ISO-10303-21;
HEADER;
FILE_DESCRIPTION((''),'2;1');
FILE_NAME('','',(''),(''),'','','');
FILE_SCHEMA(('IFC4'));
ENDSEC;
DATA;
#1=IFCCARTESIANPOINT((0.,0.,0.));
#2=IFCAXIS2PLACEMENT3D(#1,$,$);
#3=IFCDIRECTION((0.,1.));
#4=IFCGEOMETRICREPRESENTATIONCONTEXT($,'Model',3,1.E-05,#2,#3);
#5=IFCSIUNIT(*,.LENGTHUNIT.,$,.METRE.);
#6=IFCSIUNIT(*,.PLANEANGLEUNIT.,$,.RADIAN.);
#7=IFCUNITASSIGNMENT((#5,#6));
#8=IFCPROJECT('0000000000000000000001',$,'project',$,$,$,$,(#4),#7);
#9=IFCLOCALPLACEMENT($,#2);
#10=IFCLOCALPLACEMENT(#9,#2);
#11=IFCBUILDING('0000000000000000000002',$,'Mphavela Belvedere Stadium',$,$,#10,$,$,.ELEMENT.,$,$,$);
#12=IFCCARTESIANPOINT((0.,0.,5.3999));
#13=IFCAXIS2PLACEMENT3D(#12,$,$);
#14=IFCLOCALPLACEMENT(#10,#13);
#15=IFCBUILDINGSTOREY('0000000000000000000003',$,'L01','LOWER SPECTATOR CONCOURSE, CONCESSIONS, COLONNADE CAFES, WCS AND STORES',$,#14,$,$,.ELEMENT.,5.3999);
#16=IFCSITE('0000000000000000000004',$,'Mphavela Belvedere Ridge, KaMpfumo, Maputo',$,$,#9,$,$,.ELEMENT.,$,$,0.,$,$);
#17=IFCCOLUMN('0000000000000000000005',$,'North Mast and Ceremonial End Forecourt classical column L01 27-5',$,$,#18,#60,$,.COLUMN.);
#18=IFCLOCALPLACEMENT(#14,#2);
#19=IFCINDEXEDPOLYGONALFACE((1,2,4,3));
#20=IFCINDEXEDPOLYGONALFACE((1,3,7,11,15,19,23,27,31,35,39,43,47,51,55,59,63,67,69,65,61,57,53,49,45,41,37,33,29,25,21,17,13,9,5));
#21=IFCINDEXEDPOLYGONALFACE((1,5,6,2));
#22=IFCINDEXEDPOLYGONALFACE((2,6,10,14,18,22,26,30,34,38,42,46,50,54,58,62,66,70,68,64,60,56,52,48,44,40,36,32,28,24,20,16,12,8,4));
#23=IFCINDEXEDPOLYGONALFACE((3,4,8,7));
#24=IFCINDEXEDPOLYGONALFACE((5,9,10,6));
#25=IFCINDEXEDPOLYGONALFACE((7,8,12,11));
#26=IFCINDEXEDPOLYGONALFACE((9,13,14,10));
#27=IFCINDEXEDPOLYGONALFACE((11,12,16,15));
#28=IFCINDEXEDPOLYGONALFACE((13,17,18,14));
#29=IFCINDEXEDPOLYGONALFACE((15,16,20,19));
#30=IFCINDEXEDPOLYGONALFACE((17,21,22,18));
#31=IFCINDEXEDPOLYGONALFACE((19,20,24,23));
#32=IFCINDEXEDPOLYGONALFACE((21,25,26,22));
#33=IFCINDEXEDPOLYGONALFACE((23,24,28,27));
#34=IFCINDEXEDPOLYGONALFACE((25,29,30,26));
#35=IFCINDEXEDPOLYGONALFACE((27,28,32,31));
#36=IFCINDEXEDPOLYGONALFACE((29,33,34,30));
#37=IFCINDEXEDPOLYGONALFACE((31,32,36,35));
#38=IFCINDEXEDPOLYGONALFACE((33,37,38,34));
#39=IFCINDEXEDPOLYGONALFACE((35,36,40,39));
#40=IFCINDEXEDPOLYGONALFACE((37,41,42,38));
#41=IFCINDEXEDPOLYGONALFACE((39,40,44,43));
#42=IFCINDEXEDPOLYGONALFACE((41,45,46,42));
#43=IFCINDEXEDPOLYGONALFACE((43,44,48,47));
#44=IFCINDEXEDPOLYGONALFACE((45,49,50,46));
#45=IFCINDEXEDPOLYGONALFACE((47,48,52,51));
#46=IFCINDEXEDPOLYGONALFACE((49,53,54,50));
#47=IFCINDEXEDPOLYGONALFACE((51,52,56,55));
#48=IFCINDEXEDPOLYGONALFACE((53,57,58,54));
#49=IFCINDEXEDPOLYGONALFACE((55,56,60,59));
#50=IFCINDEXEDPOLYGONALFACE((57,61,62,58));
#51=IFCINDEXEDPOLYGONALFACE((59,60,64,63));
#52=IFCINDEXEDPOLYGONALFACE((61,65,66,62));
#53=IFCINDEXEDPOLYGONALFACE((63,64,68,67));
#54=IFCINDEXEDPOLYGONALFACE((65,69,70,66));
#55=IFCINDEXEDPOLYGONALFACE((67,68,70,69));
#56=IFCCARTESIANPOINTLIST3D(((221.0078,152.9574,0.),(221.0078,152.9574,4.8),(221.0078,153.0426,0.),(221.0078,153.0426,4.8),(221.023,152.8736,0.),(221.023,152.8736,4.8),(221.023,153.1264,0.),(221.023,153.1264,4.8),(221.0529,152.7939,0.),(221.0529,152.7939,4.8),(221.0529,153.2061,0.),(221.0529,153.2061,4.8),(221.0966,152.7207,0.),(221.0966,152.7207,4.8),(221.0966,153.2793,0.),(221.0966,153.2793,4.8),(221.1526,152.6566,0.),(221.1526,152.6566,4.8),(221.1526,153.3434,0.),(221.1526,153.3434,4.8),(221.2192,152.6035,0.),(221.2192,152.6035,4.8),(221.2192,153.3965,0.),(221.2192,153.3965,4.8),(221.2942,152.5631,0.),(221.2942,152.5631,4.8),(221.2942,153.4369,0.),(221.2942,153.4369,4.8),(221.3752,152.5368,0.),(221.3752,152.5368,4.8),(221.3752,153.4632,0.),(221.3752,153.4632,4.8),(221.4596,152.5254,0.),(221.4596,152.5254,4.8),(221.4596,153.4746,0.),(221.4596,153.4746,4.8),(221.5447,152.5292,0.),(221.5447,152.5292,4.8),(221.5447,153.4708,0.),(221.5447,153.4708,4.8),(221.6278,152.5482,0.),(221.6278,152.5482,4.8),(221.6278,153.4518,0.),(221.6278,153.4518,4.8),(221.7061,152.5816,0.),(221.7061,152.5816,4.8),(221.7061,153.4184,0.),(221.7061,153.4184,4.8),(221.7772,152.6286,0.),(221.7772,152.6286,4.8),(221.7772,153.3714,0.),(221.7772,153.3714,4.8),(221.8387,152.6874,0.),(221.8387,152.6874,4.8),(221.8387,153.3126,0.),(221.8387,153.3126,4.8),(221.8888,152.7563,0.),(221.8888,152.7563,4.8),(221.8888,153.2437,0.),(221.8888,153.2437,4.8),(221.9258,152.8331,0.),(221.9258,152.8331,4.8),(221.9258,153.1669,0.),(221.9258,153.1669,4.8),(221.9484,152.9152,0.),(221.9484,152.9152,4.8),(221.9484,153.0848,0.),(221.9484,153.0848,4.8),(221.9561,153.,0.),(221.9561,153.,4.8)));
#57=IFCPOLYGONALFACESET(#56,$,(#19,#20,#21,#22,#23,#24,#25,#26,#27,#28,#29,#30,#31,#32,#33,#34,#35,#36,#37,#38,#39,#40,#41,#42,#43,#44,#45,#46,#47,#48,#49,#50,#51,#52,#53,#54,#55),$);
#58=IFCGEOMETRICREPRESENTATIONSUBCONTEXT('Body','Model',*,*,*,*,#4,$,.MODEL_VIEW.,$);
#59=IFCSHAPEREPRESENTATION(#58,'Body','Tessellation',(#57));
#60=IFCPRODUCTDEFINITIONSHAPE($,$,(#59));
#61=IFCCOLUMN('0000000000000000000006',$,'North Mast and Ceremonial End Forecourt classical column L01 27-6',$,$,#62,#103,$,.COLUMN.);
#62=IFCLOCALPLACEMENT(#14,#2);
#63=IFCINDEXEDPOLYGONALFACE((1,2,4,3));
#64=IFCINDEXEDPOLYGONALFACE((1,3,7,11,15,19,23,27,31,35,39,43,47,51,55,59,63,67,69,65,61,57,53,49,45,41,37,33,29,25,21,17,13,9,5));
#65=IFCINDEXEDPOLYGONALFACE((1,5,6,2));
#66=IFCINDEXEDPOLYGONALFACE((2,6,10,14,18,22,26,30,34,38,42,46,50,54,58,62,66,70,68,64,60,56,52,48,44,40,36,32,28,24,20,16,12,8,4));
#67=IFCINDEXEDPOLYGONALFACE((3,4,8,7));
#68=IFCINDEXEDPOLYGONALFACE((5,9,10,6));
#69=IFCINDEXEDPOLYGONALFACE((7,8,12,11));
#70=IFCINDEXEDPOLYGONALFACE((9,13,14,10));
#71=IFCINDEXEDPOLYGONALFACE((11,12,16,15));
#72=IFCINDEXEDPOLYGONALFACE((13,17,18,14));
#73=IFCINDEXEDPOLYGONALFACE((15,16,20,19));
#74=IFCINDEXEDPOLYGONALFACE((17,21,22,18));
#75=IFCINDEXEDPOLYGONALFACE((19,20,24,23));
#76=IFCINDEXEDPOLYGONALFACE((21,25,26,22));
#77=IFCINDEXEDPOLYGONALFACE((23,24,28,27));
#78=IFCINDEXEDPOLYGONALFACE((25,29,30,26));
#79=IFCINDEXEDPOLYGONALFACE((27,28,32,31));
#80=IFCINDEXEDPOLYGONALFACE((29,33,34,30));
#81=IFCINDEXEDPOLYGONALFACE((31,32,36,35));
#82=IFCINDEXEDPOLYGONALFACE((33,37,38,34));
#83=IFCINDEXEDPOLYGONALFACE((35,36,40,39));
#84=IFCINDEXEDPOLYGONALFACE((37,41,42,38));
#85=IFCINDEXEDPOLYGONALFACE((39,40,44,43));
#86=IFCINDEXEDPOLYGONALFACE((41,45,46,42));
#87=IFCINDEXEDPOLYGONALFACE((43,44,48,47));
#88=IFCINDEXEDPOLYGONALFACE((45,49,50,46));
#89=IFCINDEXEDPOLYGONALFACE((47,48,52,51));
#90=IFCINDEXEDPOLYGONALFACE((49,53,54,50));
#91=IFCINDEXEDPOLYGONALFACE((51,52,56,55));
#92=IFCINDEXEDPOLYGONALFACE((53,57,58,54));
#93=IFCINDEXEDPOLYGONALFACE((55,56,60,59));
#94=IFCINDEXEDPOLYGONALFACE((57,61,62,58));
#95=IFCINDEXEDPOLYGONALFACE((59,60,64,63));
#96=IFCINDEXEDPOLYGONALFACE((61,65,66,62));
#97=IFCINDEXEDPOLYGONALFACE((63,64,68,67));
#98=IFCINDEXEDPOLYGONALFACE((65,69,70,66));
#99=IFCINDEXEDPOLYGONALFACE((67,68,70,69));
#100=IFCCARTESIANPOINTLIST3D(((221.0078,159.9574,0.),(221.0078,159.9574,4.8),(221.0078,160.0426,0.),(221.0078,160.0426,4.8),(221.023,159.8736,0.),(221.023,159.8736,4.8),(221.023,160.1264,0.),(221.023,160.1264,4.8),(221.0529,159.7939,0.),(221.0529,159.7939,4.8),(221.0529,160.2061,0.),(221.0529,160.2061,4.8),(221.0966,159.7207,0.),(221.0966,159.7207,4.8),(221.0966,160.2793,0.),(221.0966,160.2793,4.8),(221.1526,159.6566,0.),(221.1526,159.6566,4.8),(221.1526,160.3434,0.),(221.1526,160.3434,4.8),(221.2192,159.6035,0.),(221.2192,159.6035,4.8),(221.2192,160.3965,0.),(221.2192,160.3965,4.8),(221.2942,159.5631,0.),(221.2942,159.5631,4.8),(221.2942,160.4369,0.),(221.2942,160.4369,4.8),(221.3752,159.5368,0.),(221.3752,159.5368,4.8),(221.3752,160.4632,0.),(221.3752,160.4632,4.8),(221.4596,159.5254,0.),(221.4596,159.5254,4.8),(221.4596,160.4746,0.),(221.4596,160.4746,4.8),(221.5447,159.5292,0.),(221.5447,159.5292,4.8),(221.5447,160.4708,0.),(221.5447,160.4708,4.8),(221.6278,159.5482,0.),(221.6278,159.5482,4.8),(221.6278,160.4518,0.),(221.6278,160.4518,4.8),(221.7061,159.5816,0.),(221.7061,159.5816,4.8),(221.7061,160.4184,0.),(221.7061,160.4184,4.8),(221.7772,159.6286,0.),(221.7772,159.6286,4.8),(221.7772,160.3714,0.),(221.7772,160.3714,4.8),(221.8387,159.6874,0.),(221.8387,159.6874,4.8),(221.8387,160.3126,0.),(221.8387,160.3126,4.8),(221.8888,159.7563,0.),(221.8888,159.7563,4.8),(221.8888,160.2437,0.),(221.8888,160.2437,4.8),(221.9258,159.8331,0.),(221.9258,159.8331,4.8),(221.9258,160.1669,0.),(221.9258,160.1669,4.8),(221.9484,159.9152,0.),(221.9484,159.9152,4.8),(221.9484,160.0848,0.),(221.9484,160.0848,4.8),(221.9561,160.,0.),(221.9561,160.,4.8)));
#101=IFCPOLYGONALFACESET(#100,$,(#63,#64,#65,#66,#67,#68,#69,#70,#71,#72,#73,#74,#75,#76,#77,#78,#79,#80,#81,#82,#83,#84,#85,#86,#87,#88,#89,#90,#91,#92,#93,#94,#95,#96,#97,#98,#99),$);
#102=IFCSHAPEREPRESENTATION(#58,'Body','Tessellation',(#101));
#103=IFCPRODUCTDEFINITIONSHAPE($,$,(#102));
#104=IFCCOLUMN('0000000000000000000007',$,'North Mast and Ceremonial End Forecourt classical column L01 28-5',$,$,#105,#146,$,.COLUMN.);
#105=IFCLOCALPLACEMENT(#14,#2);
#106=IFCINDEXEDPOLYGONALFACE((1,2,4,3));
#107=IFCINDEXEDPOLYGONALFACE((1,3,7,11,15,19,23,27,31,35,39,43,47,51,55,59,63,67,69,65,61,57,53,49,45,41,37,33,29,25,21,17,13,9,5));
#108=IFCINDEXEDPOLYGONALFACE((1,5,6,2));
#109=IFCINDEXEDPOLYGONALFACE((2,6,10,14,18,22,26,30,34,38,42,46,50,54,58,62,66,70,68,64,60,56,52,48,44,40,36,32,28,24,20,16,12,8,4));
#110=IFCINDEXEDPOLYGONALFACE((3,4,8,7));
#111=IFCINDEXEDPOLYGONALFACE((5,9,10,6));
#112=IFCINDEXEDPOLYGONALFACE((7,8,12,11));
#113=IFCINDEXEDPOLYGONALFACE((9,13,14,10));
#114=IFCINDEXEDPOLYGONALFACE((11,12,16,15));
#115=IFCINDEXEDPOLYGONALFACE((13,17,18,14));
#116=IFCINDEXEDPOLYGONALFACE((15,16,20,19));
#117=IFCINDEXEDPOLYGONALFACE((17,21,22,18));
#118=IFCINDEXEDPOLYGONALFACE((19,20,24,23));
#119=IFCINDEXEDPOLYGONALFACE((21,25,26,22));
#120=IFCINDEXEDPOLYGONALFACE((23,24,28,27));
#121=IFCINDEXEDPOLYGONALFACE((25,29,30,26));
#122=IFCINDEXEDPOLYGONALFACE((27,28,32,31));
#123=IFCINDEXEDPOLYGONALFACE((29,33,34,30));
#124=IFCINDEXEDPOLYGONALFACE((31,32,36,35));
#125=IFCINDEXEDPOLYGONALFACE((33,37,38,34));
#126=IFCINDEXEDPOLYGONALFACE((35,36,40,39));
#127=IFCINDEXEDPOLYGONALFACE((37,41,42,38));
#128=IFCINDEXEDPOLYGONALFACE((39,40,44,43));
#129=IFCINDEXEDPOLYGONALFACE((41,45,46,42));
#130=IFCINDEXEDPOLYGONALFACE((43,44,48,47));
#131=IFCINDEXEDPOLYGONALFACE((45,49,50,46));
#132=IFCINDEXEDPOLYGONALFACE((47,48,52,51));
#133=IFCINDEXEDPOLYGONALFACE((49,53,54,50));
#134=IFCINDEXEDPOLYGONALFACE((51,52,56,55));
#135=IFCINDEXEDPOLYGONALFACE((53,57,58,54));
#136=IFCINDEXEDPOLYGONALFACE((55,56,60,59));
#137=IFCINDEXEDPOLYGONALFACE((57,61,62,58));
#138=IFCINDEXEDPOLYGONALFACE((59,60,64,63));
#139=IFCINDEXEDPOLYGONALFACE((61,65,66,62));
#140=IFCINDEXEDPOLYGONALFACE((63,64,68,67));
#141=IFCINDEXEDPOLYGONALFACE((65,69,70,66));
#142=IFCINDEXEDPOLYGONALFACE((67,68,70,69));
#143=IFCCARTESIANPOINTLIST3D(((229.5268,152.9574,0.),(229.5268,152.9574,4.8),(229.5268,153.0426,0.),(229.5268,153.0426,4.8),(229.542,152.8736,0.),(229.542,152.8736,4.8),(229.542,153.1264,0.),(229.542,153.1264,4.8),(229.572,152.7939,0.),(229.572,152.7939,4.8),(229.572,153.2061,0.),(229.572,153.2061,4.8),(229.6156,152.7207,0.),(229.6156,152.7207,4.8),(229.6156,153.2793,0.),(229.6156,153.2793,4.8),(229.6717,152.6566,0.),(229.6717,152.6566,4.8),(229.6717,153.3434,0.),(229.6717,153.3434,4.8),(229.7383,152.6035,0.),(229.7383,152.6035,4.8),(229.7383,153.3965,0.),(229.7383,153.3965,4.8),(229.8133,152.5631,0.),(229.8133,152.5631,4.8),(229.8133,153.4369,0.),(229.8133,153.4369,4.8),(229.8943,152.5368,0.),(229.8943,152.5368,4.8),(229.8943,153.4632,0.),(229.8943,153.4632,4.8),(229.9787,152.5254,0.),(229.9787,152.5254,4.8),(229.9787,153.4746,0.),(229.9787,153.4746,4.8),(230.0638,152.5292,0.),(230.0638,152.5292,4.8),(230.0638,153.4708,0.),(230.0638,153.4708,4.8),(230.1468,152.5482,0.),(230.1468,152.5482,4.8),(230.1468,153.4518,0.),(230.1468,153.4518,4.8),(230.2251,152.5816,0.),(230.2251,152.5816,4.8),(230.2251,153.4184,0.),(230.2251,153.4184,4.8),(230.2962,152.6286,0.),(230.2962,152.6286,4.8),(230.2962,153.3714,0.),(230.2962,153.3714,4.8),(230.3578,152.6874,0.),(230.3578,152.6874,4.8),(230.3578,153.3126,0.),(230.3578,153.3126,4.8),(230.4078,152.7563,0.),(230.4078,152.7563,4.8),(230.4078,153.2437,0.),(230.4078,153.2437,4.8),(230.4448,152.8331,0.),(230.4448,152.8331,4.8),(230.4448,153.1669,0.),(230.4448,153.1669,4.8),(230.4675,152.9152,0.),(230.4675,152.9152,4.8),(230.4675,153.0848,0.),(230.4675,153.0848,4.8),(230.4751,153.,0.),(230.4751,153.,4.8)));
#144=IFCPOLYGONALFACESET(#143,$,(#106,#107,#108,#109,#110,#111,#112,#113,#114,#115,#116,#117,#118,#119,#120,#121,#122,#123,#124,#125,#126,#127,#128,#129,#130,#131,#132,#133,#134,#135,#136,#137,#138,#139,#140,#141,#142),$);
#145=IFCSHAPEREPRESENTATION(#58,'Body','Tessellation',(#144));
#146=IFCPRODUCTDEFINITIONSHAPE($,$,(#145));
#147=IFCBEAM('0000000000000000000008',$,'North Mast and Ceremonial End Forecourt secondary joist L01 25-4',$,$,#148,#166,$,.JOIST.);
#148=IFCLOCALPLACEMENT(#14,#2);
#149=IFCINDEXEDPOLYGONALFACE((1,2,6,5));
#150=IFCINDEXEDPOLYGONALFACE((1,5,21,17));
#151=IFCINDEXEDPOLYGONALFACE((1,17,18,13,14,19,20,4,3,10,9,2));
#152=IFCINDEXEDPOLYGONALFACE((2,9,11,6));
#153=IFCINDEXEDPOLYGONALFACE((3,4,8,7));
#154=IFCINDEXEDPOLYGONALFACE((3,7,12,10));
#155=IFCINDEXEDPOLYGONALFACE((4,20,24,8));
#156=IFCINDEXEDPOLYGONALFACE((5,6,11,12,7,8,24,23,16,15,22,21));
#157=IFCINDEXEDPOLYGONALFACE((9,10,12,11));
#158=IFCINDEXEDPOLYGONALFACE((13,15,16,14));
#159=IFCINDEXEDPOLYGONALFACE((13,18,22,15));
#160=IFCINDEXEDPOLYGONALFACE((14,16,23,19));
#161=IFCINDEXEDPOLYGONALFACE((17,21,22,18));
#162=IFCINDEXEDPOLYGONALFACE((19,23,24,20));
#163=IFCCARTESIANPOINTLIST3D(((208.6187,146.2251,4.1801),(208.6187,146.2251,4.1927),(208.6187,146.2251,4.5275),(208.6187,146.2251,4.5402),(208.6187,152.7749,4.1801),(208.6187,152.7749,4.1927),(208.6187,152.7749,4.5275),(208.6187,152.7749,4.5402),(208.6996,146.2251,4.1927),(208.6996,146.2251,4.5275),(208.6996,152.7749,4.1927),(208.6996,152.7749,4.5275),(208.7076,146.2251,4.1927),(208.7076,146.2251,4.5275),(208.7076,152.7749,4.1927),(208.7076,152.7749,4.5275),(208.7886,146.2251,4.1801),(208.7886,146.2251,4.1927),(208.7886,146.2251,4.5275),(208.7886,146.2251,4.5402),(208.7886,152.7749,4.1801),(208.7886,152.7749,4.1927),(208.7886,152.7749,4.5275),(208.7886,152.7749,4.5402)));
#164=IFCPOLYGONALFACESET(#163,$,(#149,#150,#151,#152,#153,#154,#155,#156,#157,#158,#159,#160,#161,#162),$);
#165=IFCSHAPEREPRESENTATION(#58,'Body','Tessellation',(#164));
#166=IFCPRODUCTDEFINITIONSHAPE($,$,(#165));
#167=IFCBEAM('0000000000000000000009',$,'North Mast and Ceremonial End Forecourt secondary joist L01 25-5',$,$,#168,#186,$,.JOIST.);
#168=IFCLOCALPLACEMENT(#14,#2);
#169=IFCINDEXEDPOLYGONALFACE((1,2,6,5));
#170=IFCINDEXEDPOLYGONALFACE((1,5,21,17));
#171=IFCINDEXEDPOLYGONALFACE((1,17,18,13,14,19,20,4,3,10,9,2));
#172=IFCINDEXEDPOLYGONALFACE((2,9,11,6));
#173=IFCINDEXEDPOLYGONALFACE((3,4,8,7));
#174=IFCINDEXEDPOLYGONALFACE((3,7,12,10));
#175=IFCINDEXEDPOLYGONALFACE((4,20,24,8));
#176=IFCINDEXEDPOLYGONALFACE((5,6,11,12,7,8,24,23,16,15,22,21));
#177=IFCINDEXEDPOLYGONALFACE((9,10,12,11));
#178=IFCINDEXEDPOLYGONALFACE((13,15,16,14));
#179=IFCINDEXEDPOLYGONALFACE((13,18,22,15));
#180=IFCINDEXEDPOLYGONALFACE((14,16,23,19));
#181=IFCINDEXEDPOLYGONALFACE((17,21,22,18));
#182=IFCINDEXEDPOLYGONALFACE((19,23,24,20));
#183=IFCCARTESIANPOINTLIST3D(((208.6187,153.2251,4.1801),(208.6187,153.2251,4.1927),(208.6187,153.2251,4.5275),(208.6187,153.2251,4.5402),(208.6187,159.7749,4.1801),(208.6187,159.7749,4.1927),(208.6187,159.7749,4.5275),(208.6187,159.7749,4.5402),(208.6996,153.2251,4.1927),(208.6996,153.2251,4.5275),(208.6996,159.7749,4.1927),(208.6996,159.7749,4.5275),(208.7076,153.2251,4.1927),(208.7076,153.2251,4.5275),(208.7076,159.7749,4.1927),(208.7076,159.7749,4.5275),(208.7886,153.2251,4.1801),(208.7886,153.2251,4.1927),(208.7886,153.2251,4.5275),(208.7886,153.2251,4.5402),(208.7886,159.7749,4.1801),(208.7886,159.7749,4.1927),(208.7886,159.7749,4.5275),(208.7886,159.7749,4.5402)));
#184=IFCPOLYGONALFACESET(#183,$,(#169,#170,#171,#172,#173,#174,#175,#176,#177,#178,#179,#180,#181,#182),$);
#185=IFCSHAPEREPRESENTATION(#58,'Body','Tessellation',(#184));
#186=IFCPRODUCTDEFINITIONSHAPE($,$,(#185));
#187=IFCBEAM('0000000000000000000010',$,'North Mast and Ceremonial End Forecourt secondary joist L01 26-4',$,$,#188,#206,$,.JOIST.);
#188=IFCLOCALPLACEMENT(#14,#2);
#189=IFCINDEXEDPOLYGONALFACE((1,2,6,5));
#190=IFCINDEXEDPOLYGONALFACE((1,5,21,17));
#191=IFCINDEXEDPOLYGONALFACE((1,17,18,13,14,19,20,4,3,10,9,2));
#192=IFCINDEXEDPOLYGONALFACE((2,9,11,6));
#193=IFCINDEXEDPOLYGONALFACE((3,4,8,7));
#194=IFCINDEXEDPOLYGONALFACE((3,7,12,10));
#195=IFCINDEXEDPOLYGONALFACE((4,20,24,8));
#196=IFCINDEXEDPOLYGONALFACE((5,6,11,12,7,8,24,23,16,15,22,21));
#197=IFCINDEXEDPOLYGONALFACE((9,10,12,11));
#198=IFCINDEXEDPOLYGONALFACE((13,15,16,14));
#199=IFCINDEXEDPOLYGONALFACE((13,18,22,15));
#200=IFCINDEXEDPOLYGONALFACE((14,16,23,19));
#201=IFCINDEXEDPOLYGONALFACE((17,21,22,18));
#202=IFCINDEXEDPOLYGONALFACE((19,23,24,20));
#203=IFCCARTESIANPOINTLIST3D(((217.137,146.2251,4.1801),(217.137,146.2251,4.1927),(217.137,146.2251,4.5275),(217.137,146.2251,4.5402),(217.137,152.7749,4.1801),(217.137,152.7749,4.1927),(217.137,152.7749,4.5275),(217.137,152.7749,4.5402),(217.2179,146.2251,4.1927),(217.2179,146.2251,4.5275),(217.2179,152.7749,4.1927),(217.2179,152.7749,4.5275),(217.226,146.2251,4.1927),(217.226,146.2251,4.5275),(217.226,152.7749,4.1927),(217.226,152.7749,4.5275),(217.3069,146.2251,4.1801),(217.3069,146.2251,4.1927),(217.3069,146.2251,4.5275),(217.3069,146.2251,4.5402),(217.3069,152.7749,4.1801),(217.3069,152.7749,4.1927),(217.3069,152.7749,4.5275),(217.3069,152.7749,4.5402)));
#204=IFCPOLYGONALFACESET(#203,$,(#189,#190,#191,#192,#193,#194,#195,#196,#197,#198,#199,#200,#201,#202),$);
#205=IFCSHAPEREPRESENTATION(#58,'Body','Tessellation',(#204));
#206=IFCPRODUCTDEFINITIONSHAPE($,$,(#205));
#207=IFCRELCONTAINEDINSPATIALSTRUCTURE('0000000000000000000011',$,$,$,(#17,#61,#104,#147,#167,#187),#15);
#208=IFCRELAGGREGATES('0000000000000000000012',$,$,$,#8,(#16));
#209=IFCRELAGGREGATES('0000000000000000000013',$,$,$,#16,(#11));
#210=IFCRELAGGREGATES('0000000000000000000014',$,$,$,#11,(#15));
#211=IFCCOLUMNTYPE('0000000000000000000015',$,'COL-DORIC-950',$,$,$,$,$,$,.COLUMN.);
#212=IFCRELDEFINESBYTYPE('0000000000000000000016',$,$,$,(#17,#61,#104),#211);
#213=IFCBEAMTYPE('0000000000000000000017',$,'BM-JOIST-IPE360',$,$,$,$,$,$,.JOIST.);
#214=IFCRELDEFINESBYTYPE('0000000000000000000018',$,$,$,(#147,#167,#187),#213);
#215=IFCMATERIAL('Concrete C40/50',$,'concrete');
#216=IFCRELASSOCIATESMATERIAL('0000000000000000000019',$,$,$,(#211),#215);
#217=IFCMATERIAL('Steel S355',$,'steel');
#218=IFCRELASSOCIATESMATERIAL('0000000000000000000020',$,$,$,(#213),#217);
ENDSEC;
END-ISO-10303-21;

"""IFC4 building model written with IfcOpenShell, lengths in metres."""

from ifc_helpers import new_model, si_unit, direction, frame, origin, origin_2d, place, context, subcontext, project, spatial, circle, i_section, extrude, material, material_profile, profile_set, type_object, element, save


model = new_model("IFC4")

# Units and contexts
model_context = context("Model", 3, precision=1e-05, world=origin(), true_north=direction((0.0, 1.0)))
body_context = subcontext(model_context, "Body", "Model", "MODEL_VIEW")
ifc_project = project(units=[si_unit("LENGTHUNIT", "METRE"), si_unit("PLANEANGLEUNIT", "RADIAN")], contexts=[model_context])

# Site, building, storey
site_placement = place(None, origin())
site = spatial("IfcSite", under=ifc_project, at=site_placement, Name="Mphavela Belvedere Ridge, KaMpfumo, Maputo", CompositionType="ELEMENT", RefElevation=0.0)
building_placement = place(site_placement, origin())
building = spatial("IfcBuilding", under=site, at=building_placement, Name="Mphavela Belvedere Stadium", CompositionType="ELEMENT")
storey_placement = place(building_placement, frame((0.0, 0.0, 5.3999)))
storey = spatial("IfcBuildingStorey", under=building, at=storey_placement, Name="L01", Description="LOWER SPECTATOR CONCOURSE, CONCESSIONS, COLONNADE CAFES, WCS AND STORES", CompositionType="ELEMENT", Elevation=5.3999)

# Columns
ifc_material_1 = material(Name="Concrete C40/50", Category="concrete")
ifc_material_profile_1 = material_profile(ifc_material_1, circle(Radius=0.4751, at=origin_2d()), Name="COL D950")
ifc_profile_set_1 = profile_set([ifc_material_profile_1], Name="Concrete C40/50")
column_type = type_object("IfcColumnType", Name="COL-DORIC-950", PredefinedType="COLUMN", material=ifc_profile_set_1)
for number, where, z_axis, x_axis, name in (
    (1, (221.481, 153.0, 0.0), (0.0, 0.0, 1.0), (1.0, 0.0, 0.0), "North Mast and Ceremonial End Forecourt classical column L01 27-5"),
    (2, (221.481, 160.0, 0.0), (0.0, 0.0, 1.0), (1.0, 0.0, 0.0), "North Mast and Ceremonial End Forecourt classical column L01 27-6"),
    (3, (230.0, 153.0, 0.0), (0.0, 0.0, 1.0), (1.0, 0.0, 0.0), "North Mast and Ceremonial End Forecourt classical column L01 28-5"),
):
    element("IfcColumn", number, at=place(storey_placement, frame(where, z_axis=z_axis, x_axis=x_axis)), inside=storey, type_object=column_type, Name=name, PredefinedType="COLUMN", context=body_context, shape_type="SweptSolid", body=[
        extrude(circle(Radius=0.4751, at=origin_2d()), origin(), (0.0, 0.0, 1.0), 4.8),
    ])

# Beams
ifc_material_2 = material(Name="Steel S355", Category="steel")
ifc_material_profile_2 = material_profile(ifc_material_2, i_section(OverallWidth=0.1699, OverallDepth=0.3601, WebThickness=0.0081, FlangeThickness=0.0127, at=origin_2d()), Name="IPE 360")
ifc_profile_set_2 = profile_set([ifc_material_profile_2], Name="Steel S355")
beam_type_1 = type_object("IfcBeamType", Name="BM-JOIST-IPE360", PredefinedType="JOIST", material=ifc_profile_set_2)
for number, where, z_axis, x_axis, name in (
    (4, (208.7036, 146.2251, 4.3601), (0.0, 1.0, 0.0), (-1.0, 0.0, 0.0), "North Mast and Ceremonial End Forecourt secondary joist L01 25-4"),
    (5, (208.7036, 153.2251, 4.3601), (0.0, 1.0, 0.0), (-1.0, 0.0, 0.0), "North Mast and Ceremonial End Forecourt secondary joist L01 25-5"),
    (6, (217.2219, 146.2251, 4.3601), (0.0, 1.0, 0.0), (-1.0, 0.0, 0.0), "North Mast and Ceremonial End Forecourt secondary joist L01 26-4"),
):
    element("IfcBeam", number, at=place(storey_placement, frame(where, z_axis=z_axis, x_axis=x_axis)), inside=storey, type_object=beam_type_1, Name=name, PredefinedType="JOIST", context=body_context, shape_type="SweptSolid", body=[
        extrude(i_section(OverallWidth=0.1699, OverallDepth=0.3601, WebThickness=0.0081, FlangeThickness=0.0127, at=origin_2d()), origin(), (0.0, 0.0, 1.0), 6.5498),
    ])

save(model, "model.ifc")
